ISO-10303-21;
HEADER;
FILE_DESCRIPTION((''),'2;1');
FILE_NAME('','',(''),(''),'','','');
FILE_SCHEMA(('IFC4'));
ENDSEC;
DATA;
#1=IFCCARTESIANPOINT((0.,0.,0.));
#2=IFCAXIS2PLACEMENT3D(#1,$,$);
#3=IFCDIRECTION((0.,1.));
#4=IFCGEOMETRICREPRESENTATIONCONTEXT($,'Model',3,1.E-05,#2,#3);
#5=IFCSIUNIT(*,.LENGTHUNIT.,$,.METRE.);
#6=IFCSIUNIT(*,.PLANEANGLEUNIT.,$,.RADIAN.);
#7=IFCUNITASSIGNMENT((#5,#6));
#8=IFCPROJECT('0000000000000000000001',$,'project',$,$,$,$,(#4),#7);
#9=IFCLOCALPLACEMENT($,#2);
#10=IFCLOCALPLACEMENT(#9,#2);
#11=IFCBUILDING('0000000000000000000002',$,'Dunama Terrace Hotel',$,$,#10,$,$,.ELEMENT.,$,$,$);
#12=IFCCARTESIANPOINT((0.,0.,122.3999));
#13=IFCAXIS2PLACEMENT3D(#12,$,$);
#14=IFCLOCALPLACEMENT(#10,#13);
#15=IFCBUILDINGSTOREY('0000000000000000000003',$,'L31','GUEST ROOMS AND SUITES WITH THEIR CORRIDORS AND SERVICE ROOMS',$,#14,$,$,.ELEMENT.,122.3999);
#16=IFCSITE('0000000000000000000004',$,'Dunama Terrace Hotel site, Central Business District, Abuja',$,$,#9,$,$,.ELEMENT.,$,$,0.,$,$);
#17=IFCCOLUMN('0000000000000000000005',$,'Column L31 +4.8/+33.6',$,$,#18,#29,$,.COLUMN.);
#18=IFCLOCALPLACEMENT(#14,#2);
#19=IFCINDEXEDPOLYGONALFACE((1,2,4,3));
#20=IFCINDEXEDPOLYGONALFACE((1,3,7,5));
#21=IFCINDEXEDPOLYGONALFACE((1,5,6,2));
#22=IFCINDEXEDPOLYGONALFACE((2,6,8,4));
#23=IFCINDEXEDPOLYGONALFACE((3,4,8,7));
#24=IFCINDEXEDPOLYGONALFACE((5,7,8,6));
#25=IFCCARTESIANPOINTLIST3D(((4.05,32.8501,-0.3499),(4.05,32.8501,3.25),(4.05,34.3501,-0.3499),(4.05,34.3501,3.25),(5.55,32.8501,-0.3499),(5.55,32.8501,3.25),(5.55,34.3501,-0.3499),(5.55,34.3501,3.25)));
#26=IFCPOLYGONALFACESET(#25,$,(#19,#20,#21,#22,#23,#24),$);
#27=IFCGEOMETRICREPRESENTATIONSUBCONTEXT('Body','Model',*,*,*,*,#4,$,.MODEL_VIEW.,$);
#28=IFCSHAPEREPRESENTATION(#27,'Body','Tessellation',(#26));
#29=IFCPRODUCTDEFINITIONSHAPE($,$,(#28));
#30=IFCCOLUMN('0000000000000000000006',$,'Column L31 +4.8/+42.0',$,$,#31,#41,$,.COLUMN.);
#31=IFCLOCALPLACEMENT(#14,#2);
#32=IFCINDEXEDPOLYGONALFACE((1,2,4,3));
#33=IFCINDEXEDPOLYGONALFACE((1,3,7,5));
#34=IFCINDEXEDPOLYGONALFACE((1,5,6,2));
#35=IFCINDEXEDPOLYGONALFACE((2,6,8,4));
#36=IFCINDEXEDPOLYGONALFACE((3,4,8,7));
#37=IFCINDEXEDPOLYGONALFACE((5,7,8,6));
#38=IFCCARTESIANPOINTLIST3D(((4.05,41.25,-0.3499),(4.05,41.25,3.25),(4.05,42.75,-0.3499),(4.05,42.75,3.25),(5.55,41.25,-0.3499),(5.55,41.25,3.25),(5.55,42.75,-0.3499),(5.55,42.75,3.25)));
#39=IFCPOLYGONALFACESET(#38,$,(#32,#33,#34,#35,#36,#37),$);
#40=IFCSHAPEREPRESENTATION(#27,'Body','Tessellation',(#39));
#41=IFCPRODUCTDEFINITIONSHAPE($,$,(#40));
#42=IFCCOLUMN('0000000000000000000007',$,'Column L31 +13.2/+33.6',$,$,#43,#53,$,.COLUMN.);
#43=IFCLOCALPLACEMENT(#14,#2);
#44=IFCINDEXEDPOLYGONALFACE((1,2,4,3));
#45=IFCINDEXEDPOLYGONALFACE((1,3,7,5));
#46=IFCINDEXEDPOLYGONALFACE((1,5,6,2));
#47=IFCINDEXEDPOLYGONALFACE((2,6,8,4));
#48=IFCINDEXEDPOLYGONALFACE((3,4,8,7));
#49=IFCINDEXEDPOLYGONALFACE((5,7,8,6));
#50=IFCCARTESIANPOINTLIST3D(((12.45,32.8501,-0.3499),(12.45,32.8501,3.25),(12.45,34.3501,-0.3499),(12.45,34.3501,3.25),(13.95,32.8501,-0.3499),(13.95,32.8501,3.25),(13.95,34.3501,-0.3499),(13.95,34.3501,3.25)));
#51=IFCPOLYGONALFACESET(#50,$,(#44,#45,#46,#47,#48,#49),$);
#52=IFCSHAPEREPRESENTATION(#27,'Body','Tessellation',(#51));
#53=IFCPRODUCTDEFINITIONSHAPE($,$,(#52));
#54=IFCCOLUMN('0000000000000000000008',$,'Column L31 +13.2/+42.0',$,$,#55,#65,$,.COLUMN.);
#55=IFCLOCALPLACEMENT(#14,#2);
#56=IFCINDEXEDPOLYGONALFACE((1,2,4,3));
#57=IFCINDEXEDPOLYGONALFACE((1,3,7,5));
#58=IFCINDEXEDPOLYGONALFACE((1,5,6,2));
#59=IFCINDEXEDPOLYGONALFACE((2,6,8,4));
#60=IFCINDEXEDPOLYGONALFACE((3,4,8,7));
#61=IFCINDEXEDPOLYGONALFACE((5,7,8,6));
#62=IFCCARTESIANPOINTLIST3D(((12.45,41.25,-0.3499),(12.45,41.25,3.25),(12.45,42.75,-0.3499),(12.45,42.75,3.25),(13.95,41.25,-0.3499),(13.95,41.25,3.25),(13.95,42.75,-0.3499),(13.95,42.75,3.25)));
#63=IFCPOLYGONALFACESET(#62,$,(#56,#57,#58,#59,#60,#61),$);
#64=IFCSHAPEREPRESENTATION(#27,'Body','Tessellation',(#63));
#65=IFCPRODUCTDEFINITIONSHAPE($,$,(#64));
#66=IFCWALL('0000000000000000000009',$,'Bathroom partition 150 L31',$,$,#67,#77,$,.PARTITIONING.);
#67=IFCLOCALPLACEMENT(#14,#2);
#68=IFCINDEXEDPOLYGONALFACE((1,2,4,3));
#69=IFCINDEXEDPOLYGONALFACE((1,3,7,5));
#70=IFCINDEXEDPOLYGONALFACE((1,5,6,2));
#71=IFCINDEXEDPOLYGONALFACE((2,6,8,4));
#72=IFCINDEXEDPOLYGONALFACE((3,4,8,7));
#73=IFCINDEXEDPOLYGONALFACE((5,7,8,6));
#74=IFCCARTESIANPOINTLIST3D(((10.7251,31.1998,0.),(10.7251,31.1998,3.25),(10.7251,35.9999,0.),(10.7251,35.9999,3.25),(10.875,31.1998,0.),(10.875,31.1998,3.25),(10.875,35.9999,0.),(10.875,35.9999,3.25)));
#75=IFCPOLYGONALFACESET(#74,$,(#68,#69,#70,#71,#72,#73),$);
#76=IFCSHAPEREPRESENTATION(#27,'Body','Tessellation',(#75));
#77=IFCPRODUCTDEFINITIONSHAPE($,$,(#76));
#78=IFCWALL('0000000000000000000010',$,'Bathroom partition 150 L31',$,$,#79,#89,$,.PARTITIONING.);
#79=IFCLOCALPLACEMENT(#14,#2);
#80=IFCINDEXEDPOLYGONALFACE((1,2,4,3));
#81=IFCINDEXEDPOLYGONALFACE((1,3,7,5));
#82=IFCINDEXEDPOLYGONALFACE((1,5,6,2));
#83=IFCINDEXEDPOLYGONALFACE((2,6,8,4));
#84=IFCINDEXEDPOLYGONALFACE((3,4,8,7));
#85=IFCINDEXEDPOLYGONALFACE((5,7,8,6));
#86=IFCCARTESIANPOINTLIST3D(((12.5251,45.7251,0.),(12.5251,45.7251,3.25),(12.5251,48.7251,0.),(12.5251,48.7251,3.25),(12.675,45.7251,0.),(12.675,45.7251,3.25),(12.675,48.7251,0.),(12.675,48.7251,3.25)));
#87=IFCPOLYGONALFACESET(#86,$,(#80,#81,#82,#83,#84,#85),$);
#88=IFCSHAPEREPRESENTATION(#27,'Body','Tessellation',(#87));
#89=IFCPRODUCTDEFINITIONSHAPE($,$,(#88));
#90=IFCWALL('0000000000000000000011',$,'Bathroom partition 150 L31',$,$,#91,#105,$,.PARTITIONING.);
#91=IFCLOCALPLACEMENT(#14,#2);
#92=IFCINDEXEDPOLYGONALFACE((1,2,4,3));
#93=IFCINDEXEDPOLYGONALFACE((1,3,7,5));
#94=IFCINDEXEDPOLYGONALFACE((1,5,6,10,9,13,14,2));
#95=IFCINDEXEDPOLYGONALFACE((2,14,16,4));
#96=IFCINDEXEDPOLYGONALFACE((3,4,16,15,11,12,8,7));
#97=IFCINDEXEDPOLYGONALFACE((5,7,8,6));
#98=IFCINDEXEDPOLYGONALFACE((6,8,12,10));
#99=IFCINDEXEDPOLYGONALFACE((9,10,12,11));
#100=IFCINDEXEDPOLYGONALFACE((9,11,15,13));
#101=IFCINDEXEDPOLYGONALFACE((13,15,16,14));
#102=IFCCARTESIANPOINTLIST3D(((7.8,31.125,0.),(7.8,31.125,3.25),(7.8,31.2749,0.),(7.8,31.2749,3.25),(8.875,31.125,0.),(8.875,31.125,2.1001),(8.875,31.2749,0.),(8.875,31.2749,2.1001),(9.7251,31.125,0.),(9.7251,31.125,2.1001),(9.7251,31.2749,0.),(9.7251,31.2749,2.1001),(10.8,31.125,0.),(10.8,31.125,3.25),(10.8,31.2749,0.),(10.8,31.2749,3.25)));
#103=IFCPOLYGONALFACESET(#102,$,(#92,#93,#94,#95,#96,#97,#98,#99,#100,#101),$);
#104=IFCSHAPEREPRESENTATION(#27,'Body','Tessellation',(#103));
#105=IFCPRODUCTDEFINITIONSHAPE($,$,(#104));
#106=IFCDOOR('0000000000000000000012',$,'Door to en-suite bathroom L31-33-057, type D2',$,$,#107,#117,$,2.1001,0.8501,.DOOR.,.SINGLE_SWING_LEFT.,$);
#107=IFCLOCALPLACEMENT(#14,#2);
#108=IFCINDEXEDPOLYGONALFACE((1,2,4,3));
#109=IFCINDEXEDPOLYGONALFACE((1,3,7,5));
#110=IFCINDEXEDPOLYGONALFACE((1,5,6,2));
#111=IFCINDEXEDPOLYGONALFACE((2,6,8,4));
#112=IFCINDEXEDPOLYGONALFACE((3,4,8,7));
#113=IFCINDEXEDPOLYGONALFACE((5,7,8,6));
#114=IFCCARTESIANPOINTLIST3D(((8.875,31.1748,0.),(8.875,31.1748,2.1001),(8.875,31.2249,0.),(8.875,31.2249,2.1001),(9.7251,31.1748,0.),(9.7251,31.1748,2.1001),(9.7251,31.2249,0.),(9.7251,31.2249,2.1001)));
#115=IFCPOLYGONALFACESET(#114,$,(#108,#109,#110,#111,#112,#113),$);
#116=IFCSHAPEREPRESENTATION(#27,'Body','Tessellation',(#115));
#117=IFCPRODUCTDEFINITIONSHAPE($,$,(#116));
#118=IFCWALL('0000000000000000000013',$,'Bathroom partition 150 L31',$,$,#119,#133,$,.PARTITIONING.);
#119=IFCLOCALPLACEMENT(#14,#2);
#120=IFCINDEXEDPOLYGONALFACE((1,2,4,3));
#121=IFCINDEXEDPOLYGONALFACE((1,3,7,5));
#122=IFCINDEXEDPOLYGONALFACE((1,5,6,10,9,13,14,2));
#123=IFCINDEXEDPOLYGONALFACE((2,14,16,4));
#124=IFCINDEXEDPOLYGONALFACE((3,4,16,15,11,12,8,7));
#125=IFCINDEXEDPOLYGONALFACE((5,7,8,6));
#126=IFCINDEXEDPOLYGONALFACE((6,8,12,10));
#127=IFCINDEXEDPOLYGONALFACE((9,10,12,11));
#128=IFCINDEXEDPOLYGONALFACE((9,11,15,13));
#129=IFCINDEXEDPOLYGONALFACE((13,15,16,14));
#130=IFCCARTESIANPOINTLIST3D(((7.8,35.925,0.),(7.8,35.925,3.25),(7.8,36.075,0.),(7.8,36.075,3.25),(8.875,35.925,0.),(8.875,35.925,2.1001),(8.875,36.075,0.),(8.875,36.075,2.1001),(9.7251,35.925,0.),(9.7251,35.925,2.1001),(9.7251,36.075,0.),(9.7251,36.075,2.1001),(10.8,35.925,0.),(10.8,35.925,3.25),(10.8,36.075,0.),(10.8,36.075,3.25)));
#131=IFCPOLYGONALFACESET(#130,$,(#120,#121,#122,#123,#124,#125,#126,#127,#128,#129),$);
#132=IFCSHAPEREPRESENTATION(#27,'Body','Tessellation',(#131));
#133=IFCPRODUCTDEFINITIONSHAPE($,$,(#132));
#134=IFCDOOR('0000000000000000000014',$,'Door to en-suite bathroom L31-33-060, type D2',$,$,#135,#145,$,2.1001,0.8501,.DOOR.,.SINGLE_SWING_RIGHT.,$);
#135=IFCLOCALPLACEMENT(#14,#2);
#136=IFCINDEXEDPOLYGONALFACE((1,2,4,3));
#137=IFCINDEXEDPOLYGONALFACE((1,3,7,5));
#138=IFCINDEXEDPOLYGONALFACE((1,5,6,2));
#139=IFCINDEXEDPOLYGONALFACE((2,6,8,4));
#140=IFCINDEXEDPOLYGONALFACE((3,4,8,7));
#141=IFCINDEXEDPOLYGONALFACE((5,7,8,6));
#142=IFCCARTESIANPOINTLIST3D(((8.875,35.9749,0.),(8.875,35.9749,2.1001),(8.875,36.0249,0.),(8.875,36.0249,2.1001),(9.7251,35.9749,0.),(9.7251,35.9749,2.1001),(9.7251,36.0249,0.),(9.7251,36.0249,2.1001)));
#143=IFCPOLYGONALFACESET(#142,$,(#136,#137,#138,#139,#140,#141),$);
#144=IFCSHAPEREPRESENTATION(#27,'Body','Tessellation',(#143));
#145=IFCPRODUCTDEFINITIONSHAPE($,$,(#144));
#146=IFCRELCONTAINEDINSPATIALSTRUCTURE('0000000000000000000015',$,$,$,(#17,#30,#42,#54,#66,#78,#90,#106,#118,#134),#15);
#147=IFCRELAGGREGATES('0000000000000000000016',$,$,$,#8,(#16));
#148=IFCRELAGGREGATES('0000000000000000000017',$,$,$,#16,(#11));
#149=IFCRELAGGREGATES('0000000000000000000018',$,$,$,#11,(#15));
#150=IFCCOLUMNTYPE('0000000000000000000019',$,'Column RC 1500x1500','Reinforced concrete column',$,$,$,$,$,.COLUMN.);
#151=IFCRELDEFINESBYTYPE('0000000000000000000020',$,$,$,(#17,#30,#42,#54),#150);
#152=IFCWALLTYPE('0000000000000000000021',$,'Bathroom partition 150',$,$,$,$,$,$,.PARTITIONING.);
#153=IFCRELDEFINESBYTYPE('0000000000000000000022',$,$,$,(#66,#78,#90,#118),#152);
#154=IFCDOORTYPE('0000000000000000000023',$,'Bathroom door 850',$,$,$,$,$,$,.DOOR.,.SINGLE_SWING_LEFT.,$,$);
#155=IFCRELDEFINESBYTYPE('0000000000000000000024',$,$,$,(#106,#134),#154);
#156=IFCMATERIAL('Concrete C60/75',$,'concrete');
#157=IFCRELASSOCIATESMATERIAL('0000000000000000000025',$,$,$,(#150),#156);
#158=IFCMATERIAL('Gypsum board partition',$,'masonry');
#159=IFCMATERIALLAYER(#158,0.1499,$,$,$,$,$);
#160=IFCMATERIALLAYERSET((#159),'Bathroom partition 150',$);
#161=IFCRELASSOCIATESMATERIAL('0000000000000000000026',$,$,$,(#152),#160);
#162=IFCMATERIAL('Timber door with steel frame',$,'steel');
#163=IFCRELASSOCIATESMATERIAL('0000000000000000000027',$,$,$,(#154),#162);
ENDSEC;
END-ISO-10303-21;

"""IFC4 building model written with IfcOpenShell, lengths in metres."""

from ifc_helpers import new_model, si_unit, direction, frame, frame_2d, origin, origin_2d, place, context, subcontext, project, spatial, rectangle, extrude, material, layer, layer_set, material_profile, profile_set, type_object, element, fill, save


model = new_model("IFC4")

# Units and contexts
model_context = context("Model", 3, precision=1e-05, world=origin(), true_north=direction((0.0, 1.0)))
body_context = subcontext(model_context, "Body", "Model", "MODEL_VIEW")
ifc_project = project(units=[si_unit("LENGTHUNIT", "METRE"), si_unit("PLANEANGLEUNIT", "RADIAN")], contexts=[model_context])

# Site, building, storey
site_placement = place(None, origin())
site = spatial("IfcSite", under=ifc_project, at=site_placement, Name="Dunama Terrace Hotel site, Central Business District, Abuja", CompositionType="ELEMENT", RefElevation=0.0)
building_placement = place(site_placement, origin())
building = spatial("IfcBuilding", under=site, at=building_placement, Name="Dunama Terrace Hotel", CompositionType="ELEMENT")
storey_placement = place(building_placement, frame((0.0, 0.0, 122.3999)))
storey = spatial("IfcBuildingStorey", under=building, at=storey_placement, Name="L31", Description="GUEST ROOMS AND SUITES WITH THEIR CORRIDORS AND SERVICE ROOMS", CompositionType="ELEMENT", Elevation=122.3999)

# Columns
ifc_material_1 = material(Name="Concrete C60/75", Category="concrete")
ifc_material_profile = material_profile(ifc_material_1, rectangle(XDim=1.5, YDim=1.5, at=origin_2d()), Name="RC 1500x1500")
ifc_profile_set = profile_set([ifc_material_profile], Name="Concrete C60/75")
column_type = type_object("IfcColumnType", Name="Column RC 1500x1500", Description="Reinforced concrete column", PredefinedType="COLUMN", material=ifc_profile_set)
for number, where, z_axis, x_axis, name in (
    (1, (4.8, 33.6001, -0.3499), (0.0, 0.0, 1.0), (1.0, 0.0, 0.0), "Column L31 +4.8/+33.6"),
    (2, (4.8, 42.0, -0.3499), (0.0, 0.0, 1.0), (1.0, 0.0, 0.0), "Column L31 +4.8/+42.0"),
    (3, (13.2, 33.6001, -0.3499), (0.0, 0.0, 1.0), (1.0, 0.0, 0.0), "Column L31 +13.2/+33.6"),
    (4, (13.2, 42.0, -0.3499), (0.0, 0.0, 1.0), (1.0, 0.0, 0.0), "Column L31 +13.2/+42.0"),
):
    element("IfcColumn", number, at=place(storey_placement, frame(where, z_axis=z_axis, x_axis=x_axis)), inside=storey, type_object=column_type, Name=name, PredefinedType="COLUMN", context=body_context, shape_type="SweptSolid", body=[
        extrude(rectangle(XDim=1.5, YDim=1.5, at=origin_2d()), origin(), (0.0, 0.0, 1.0), 3.5999),
    ])

# Walls
ifc_material_2 = material(Name="Gypsum board partition", Category="masonry")
ifc_layer_1 = layer(ifc_material_2, 0.1499)
ifc_layer_set_1 = layer_set([ifc_layer_1], Name="Bathroom partition 150")
wall_type_1 = type_object("IfcWallType", Name="Bathroom partition 150", PredefinedType="PARTITIONING", material=ifc_layer_set_1)
wall_1_placement = place(storey_placement, frame((10.8, 31.2, 0.0), z_axis=(0.0, 0.0, 1.0), x_axis=(0.0, 1.0, 0.0)))
element("IfcWall", 5, at=wall_1_placement, inside=storey, type_object=wall_type_1, Name="Bathroom partition 150 L31", PredefinedType="PARTITIONING", context=body_context, shape_type="SweptSolid", body=[
    extrude(rectangle(XDim=4.8, YDim=0.1499, at=frame_2d((2.3999, 0.0))), origin(), (0.0, 0.0, 1.0), 3.25),
])
wall_2_placement = place(storey_placement, frame((12.6001, 45.7251, 0.0), z_axis=(0.0, 0.0, 1.0), x_axis=(0.0, 1.0, 0.0)))
element("IfcWall", 6, at=wall_2_placement, inside=storey, type_object=wall_type_1, Name="Bathroom partition 150 L31", PredefinedType="PARTITIONING", context=body_context, shape_type="SweptSolid", body=[
    extrude(rectangle(XDim=3.0, YDim=0.1499, at=frame_2d((1.5, 0.0))), origin(), (0.0, 0.0, 1.0), 3.25),
])

# Walls, openings, doors
wall_3_placement = place(storey_placement, frame((7.8, 31.2, 0.0), z_axis=(0.0, 0.0, 1.0), x_axis=(1.0, 0.0, 0.0)))
wall_3 = element("IfcWall", 7, at=wall_3_placement, inside=storey, type_object=wall_type_1, Name="Bathroom partition 150 L31", PredefinedType="PARTITIONING", context=body_context, shape_type="SweptSolid", body=[
    extrude(rectangle(XDim=3.0, YDim=0.1499, at=frame_2d((1.5, 0.0))), origin(), (0.0, 0.0, 1.0), 3.25),
])
opening_1_placement = place(wall_3_placement, frame((1.075, 0.0, 0.0)))
opening_1 = element("IfcOpeningElement", 8, at=opening_1_placement, cuts=wall_3, PredefinedType="OPENING", context=body_context, shape_type="SweptSolid", body=[
    extrude(rectangle(XDim=0.8501, YDim=2.1001, at=frame_2d((0.425, 1.05))), frame((0.0, 0.085, 0.0), z_axis=(0.0, -1.0, 0.0), x_axis=(1.0, 0.0, 0.0)), (0.0, 0.0, 1.0), 0.1699),
])
ifc_material_3 = material(Name="Timber door with steel frame", Category="steel")
door_type_1 = type_object("IfcDoorType", Name="Bathroom door 850", OperationType="SINGLE_SWING_LEFT", PredefinedType="DOOR", material=ifc_material_3)
door_1_placement = place(opening_1_placement, origin())
door_1 = element("IfcDoor", 9, at=door_1_placement, inside=storey, type_object=door_type_1, Name="Door to en-suite bathroom L31-33-057, type D2", OperationType="SINGLE_SWING_LEFT", OverallHeight=2.1001, OverallWidth=0.8501, PredefinedType="DOOR", context=body_context, shape_type="SweptSolid", body=[
    extrude(rectangle(XDim=0.8501, YDim=2.1001, at=frame_2d((0.425, 1.05))), frame((0.0, 0.0249, 0.0), z_axis=(0.0, -1.0, 0.0), x_axis=(1.0, 0.0, 0.0)), (0.0, 0.0, 1.0), 0.05),
])
fill(opening_1, door_1)
wall_4_placement = place(storey_placement, frame((7.8, 36.0, 0.0), z_axis=(0.0, 0.0, 1.0), x_axis=(1.0, 0.0, 0.0)))
wall_4 = element("IfcWall", 10, at=wall_4_placement, inside=storey, type_object=wall_type_1, Name="Bathroom partition 150 L31", PredefinedType="PARTITIONING", context=body_context, shape_type="SweptSolid", body=[
    extrude(rectangle(XDim=3.0, YDim=0.1499, at=frame_2d((1.5, 0.0))), origin(), (0.0, 0.0, 1.0), 3.25),
])
opening_2_placement = place(wall_4_placement, frame((1.075, 0.0, 0.0)))
opening_2 = element("IfcOpeningElement", 11, at=opening_2_placement, cuts=wall_4, PredefinedType="OPENING", context=body_context, shape_type="SweptSolid", body=[
    extrude(rectangle(XDim=0.8501, YDim=2.1001, at=frame_2d((0.425, 1.05))), frame((0.0, 0.085, 0.0), z_axis=(0.0, -1.0, 0.0), x_axis=(1.0, 0.0, 0.0)), (0.0, 0.0, 1.0), 0.1699),
])
door_2_placement = place(opening_2_placement, frame((0.8501, 0.0, 0.0), z_axis=(0.0, 0.0, 1.0), x_axis=(-1.0, 0.0, 0.0)))
door_2 = element("IfcDoor", 12, at=door_2_placement, inside=storey, type_object=door_type_1, Name="Door to en-suite bathroom L31-33-060, type D2", OperationType="SINGLE_SWING_RIGHT", OverallHeight=2.1001, OverallWidth=0.8501, PredefinedType="DOOR", context=body_context, shape_type="SweptSolid", body=[
    extrude(rectangle(XDim=0.8501, YDim=2.1001, at=frame_2d((0.425, 1.05))), frame((0.0, 0.0251, 0.0), z_axis=(0.0, -1.0, 0.0), x_axis=(1.0, 0.0, 0.0)), (0.0, 0.0, 1.0), 0.05),
])
fill(opening_2, door_2)

save(model, "model.ifc")
